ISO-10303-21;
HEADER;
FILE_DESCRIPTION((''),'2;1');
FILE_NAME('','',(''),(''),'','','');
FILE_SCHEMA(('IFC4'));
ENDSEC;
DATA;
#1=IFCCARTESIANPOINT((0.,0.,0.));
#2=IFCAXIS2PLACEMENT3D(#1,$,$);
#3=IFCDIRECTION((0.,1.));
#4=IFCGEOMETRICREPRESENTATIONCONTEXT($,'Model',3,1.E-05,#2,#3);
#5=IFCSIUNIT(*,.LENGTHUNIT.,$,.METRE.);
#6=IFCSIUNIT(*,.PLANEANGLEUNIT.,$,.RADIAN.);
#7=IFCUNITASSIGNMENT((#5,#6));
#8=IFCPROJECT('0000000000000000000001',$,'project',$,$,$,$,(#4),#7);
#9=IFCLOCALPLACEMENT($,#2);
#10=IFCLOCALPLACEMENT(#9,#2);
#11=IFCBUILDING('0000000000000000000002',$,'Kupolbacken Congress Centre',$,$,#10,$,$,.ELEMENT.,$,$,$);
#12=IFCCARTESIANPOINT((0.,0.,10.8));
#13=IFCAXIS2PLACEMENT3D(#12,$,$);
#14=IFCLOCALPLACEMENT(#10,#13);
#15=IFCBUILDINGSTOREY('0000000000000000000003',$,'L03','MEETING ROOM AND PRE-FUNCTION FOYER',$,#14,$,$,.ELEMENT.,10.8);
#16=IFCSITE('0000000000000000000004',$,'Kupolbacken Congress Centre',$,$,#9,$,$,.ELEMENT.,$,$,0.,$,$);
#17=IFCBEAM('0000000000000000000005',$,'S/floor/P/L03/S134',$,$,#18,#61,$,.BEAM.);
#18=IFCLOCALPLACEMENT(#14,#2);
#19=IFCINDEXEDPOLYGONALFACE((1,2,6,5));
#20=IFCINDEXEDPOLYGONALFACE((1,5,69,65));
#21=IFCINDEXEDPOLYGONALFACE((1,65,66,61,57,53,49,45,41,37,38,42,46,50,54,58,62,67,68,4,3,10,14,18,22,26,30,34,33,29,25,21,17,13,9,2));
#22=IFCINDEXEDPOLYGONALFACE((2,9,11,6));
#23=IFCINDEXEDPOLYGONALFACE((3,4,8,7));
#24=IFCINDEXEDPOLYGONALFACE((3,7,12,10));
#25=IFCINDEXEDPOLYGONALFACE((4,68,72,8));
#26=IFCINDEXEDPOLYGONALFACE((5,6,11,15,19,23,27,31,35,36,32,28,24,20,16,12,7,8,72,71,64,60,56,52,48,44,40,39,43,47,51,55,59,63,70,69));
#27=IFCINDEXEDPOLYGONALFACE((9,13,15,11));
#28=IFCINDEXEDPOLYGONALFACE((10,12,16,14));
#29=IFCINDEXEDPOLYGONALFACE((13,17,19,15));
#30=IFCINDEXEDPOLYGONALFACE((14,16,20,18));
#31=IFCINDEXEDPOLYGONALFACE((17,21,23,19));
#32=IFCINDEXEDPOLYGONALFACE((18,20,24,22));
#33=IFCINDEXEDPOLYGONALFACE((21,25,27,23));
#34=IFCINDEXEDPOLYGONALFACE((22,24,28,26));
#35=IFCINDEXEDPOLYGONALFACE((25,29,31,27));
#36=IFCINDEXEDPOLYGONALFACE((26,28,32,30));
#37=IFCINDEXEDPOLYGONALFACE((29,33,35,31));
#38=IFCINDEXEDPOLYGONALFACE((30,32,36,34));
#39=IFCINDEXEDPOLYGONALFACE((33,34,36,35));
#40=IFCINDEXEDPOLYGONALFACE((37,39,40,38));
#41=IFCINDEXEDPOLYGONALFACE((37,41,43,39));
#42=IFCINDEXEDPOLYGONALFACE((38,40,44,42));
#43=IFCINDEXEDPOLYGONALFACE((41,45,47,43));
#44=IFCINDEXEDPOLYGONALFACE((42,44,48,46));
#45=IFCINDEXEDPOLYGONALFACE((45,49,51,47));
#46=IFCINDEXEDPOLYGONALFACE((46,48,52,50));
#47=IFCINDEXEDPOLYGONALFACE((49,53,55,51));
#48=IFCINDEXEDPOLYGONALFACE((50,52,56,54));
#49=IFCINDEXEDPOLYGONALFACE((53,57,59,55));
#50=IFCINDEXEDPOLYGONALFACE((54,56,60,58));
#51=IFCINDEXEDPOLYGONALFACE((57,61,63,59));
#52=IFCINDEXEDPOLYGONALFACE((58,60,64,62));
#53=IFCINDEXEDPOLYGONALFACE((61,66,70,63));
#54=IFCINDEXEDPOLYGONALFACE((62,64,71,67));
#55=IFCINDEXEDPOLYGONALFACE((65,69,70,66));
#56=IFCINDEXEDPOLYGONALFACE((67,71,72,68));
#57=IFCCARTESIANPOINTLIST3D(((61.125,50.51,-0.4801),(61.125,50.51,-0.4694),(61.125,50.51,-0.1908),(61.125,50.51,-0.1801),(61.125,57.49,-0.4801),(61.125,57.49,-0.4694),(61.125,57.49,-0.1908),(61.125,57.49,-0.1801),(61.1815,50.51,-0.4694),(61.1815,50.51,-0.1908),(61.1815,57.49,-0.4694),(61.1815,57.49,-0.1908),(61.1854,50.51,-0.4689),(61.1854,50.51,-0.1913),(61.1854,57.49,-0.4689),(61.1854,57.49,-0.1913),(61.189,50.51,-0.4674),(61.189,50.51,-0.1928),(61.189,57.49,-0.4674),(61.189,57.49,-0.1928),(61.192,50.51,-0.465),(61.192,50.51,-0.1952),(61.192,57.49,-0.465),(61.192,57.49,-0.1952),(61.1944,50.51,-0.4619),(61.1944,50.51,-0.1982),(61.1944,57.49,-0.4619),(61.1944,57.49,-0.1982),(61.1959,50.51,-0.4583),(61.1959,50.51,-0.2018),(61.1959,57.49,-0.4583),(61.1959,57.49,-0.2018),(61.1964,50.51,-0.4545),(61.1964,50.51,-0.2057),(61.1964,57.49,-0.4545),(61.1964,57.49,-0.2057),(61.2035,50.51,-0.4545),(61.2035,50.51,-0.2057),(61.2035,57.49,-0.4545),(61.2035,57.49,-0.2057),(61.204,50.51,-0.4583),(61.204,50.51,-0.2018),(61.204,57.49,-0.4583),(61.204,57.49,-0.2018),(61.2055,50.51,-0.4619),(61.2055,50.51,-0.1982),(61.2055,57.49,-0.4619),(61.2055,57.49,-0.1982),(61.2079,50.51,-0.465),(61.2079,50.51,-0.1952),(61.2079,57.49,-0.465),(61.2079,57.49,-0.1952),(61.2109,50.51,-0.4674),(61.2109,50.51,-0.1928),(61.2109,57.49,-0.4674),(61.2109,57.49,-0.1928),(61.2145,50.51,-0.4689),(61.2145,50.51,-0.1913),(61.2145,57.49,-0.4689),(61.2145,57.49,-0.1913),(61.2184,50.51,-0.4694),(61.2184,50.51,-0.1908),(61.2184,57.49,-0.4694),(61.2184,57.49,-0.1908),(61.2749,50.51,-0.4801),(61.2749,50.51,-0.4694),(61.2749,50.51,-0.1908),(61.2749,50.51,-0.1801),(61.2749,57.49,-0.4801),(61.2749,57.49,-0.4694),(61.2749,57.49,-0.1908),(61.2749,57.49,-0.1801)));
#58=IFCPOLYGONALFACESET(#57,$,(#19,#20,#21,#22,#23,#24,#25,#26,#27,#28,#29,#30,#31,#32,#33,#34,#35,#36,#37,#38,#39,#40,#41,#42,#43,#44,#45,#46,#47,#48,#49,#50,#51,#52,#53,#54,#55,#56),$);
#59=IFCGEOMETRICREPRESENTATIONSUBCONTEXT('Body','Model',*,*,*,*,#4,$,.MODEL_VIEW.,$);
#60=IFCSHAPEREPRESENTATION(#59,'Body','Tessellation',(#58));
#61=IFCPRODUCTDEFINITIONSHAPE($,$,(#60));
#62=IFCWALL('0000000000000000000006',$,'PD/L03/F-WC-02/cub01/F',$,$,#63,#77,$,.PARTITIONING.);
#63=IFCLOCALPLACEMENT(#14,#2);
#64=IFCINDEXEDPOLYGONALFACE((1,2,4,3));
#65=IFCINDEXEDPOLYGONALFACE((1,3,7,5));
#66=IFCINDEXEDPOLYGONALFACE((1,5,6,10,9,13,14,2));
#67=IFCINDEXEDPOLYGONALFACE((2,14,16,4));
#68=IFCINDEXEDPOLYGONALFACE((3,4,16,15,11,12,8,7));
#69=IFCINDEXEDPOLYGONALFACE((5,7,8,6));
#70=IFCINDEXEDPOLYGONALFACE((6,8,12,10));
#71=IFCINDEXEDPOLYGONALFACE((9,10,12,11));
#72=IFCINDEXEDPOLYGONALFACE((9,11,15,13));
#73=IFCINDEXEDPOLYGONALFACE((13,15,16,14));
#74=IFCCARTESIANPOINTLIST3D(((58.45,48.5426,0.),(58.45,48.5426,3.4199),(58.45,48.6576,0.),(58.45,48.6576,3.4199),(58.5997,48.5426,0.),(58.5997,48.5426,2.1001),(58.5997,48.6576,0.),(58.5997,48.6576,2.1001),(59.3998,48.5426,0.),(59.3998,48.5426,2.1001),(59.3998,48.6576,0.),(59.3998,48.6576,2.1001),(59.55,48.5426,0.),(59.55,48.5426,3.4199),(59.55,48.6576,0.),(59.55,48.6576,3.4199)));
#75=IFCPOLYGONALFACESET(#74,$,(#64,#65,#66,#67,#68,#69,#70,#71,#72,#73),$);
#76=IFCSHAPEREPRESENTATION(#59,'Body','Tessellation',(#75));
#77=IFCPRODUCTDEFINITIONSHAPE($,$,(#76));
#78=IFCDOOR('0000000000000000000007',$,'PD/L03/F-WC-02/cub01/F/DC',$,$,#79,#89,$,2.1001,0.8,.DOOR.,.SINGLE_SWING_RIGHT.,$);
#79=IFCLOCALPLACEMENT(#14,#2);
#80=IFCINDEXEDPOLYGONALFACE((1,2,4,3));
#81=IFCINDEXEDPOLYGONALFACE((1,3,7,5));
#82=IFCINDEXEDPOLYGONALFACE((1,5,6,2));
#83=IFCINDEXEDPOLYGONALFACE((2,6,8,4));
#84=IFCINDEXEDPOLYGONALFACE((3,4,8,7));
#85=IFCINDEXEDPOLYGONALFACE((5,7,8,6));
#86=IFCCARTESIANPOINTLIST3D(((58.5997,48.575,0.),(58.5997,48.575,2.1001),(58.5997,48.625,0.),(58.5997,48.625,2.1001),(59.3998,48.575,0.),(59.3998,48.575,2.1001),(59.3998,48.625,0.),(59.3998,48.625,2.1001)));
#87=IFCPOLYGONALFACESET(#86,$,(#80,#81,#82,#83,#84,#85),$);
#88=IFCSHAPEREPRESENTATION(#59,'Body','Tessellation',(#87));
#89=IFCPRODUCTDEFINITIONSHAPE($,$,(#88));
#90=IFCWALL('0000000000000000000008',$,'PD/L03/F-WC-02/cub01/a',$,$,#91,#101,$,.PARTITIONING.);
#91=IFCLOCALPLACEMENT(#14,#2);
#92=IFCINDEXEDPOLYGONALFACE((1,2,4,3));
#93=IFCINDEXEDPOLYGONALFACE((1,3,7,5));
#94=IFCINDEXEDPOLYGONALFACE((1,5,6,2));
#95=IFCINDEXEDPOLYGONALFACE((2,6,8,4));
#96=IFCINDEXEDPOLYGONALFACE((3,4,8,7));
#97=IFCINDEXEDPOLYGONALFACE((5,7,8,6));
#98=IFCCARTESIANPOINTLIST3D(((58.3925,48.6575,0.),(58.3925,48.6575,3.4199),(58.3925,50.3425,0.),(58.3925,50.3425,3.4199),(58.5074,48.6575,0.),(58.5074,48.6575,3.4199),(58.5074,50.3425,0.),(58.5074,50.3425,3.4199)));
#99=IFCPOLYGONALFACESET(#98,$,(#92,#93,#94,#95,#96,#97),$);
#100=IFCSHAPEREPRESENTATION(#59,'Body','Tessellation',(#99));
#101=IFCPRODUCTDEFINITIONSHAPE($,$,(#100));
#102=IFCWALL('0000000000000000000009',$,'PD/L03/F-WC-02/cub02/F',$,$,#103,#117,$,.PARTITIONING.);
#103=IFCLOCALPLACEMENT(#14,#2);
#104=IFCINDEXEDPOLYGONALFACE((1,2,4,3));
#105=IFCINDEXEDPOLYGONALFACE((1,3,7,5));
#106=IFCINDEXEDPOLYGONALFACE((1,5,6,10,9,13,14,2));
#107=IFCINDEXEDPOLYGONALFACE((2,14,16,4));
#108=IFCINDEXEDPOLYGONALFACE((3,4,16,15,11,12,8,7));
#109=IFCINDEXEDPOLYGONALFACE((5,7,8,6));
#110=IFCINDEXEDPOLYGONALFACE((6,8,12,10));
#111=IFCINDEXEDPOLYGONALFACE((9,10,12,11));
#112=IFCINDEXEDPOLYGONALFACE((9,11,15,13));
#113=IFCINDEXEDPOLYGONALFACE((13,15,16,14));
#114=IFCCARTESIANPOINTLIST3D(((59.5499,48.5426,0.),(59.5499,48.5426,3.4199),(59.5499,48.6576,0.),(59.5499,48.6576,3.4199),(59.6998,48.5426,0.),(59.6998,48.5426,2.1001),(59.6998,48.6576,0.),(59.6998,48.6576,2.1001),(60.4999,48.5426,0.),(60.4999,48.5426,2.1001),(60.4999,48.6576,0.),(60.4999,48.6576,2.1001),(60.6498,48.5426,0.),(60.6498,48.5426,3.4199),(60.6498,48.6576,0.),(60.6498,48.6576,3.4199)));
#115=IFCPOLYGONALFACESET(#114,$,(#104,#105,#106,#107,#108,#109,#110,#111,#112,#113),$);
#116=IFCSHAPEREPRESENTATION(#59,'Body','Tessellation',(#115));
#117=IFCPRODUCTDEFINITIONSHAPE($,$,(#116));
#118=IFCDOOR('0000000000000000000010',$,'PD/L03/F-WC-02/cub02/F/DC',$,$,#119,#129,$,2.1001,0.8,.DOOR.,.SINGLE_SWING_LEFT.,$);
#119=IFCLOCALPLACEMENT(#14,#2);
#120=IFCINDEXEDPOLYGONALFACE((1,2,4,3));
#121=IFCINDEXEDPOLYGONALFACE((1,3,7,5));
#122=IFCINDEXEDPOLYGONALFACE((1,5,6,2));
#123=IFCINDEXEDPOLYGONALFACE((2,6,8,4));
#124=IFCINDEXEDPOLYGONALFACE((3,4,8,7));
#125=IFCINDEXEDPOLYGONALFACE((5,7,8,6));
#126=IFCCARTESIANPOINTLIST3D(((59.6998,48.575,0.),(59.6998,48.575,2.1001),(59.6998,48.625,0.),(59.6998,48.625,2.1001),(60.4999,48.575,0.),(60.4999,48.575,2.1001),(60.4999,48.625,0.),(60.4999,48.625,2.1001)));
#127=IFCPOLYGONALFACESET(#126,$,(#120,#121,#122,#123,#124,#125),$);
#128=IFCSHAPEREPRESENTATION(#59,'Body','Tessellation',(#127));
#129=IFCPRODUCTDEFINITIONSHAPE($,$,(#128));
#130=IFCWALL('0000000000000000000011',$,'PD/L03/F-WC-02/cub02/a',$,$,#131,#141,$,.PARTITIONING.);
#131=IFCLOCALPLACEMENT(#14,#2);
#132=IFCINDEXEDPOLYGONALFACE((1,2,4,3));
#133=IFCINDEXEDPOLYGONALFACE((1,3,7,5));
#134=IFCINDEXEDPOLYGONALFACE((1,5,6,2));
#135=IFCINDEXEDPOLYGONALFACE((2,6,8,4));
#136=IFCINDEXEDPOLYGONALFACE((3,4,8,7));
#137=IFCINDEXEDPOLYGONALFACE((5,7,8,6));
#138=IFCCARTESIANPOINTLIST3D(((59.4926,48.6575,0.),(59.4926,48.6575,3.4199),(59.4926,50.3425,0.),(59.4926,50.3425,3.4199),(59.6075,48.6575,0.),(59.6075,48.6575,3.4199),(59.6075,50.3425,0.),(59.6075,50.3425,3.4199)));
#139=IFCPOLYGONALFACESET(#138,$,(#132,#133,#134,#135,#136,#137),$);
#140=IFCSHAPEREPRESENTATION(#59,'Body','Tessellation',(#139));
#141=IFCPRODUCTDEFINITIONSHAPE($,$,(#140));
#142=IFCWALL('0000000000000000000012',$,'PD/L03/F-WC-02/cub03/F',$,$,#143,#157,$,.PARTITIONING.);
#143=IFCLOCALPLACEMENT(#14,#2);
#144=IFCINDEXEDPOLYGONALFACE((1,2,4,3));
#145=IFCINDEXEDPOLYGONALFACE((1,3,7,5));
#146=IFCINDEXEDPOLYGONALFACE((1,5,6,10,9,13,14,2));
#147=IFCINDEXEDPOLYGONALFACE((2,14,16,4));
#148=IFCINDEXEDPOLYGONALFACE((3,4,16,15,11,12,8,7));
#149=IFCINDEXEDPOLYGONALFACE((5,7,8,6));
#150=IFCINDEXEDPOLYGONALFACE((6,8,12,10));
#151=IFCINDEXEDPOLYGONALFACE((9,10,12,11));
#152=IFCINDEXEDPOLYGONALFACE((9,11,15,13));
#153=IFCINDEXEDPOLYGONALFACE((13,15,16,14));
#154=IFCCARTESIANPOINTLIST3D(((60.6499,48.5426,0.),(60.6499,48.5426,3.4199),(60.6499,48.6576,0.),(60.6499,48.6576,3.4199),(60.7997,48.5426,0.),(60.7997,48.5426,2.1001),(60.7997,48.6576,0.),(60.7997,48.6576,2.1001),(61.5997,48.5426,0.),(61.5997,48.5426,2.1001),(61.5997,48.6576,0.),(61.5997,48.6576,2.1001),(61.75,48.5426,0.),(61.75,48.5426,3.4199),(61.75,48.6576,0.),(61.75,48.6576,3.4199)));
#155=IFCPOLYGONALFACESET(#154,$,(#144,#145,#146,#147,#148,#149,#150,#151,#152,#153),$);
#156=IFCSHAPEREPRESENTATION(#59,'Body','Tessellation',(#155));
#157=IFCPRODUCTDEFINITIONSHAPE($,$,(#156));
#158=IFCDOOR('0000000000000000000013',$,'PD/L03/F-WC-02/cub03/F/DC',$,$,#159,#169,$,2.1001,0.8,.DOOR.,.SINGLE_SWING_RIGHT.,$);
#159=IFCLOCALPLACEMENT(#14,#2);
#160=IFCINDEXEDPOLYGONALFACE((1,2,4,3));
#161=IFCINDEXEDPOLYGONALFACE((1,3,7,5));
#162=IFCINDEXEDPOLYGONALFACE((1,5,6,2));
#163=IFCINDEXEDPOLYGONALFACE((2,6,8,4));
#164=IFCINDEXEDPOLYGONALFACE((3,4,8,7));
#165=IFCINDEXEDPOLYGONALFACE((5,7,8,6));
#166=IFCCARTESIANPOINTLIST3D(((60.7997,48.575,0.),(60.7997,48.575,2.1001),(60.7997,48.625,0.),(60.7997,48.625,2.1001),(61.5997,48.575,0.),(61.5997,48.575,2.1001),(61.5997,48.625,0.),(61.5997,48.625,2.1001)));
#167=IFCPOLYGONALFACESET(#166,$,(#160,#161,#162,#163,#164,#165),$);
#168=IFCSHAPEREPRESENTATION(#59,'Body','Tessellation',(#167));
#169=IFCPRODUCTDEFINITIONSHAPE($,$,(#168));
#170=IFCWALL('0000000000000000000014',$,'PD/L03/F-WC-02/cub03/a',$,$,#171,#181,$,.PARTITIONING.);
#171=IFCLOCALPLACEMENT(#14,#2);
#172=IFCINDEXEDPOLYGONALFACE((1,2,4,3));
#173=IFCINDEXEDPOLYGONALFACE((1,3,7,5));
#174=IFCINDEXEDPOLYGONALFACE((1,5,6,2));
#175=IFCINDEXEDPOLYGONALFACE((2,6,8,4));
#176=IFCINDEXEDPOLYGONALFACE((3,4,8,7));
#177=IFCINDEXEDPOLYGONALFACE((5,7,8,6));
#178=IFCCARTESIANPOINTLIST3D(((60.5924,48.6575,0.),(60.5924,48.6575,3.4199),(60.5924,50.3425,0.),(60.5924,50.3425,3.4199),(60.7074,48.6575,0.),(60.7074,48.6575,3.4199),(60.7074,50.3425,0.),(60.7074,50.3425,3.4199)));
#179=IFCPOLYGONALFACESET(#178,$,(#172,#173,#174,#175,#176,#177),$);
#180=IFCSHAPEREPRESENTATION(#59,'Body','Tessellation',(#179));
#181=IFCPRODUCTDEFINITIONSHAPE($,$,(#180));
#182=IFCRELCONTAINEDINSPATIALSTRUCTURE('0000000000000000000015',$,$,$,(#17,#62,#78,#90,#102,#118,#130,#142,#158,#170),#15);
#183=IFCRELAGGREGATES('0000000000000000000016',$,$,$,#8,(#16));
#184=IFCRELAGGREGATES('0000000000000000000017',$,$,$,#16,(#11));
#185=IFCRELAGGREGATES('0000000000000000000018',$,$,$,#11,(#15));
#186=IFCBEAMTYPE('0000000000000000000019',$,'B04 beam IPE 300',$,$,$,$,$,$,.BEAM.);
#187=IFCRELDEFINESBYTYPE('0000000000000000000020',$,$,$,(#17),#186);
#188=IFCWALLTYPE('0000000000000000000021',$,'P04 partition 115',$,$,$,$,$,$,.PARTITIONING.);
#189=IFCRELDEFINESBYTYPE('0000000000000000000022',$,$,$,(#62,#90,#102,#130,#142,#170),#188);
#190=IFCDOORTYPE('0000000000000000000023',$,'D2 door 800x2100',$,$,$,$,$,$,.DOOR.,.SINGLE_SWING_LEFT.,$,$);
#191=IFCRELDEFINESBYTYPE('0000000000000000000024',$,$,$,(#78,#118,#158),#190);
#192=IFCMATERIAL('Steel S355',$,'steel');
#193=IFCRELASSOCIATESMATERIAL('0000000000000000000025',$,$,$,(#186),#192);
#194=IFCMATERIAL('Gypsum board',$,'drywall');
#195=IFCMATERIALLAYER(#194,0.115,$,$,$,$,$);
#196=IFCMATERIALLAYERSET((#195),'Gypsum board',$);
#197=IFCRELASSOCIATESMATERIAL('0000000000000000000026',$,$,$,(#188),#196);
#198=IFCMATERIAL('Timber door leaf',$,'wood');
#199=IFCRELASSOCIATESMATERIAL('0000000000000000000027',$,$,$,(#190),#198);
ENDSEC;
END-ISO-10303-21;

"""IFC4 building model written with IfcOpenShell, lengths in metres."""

from ifc_helpers import new_model, si_unit, direction, frame, frame_2d, origin, origin_2d, place, context, subcontext, project, spatial, rectangle, i_section, extrude, material, layer, layer_set, material_profile, profile_set, type_object, element, fill, save


model = new_model("IFC4")

# Units and contexts
model_context = context("Model", 3, precision=1e-05, world=origin(), true_north=direction((0.0, 1.0)))
body_context = subcontext(model_context, "Body", "Model", "MODEL_VIEW")
ifc_project = project(units=[si_unit("LENGTHUNIT", "METRE"), si_unit("PLANEANGLEUNIT", "RADIAN")], contexts=[model_context])

# Site, building, storey
site_placement = place(None, origin())
site = spatial("IfcSite", under=ifc_project, at=site_placement, Name="Kupolbacken Congress Centre", CompositionType="ELEMENT", RefElevation=0.0)
building_placement = place(site_placement, origin())
building = spatial("IfcBuilding", under=site, at=building_placement, Name="Kupolbacken Congress Centre", CompositionType="ELEMENT")
storey_placement = place(building_placement, frame((0.0, 0.0, 10.8)))
storey = spatial("IfcBuildingStorey", under=building, at=storey_placement, Name="L03", Description="MEETING ROOM AND PRE-FUNCTION FOYER", CompositionType="ELEMENT", Elevation=10.8)

# Beam
ifc_material_1 = material(Name="Steel S355", Category="steel")
ifc_material_profile = material_profile(ifc_material_1, i_section(OverallWidth=0.1499, OverallDepth=0.3, WebThickness=0.0071, FlangeThickness=0.0107, FilletRadius=0.0149, at=origin_2d()), Name="IPE 300")
ifc_profile_set = profile_set([ifc_material_profile], Name="Steel S355")
beam_type = type_object("IfcBeamType", Name="B04 beam IPE 300", PredefinedType="BEAM", material=ifc_profile_set)
for number, where, z_axis, x_axis, name in (
    (1, (61.2, 50.51, -0.3301), (0.0, 1.0, 0.0), (-1.0, 0.0, 0.0), "S/floor/P/L03/S134"),
):
    element("IfcBeam", number, at=place(storey_placement, frame(where, z_axis=z_axis, x_axis=x_axis)), inside=storey, type_object=beam_type, Name=name, PredefinedType="BEAM", context=body_context, shape_type="SweptSolid", body=[
        extrude(i_section(OverallWidth=0.1499, OverallDepth=0.3, WebThickness=0.0071, FlangeThickness=0.0107, FilletRadius=0.0149, at=origin_2d()), origin(), (0.0, 0.0, 1.0), 6.98),
    ])

# Wall, opening, door
ifc_material_2 = material(Name="Gypsum board", Category="drywall")
ifc_layer_1 = layer(ifc_material_2, 0.115)
ifc_layer_set_1 = layer_set([ifc_layer_1], Name="Gypsum board")
wall_type_1 = type_object("IfcWallType", Name="P04 partition 115", PredefinedType="PARTITIONING", material=ifc_layer_set_1)
wall_1_placement = place(storey_placement, frame((58.45, 48.6001, 0.0), z_axis=(0.0, 0.0, 1.0), x_axis=(1.0, 0.0, 0.0)))
wall_1 = element("IfcWall", 2, at=wall_1_placement, inside=storey, type_object=wall_type_1, Name="PD/L03/F-WC-02/cub01/F", PredefinedType="PARTITIONING", context=body_context, shape_type="SweptSolid", body=[
    extrude(rectangle(XDim=1.1001, YDim=0.115, at=frame_2d((0.55, 0.0))), origin(), (0.0, 0.0, 1.0), 3.4199),
])
opening_1_placement = place(wall_1_placement, frame((0.1499, 0.0, 0.0)))
opening_1 = element("IfcOpeningElement", 3, at=opening_1_placement, cuts=wall_1, PredefinedType="OPENING", context=body_context, shape_type="SweptSolid", body=[
    extrude(rectangle(XDim=0.8, YDim=2.1001, at=frame_2d((0.3999, 1.05))), frame((0.0, 0.0674, 0.0), z_axis=(0.0, -1.0, 0.0), x_axis=(1.0, 0.0, 0.0)), (0.0, 0.0, 1.0), 0.135),
])
ifc_material_3 = material(Name="Timber door leaf", Category="wood")
door_type_1 = type_object("IfcDoorType", Name="D2 door 800x2100", OperationType="SINGLE_SWING_LEFT", PredefinedType="DOOR", material=ifc_material_3)
door_1_placement = place(opening_1_placement, origin())
door_1 = element("IfcDoor", 4, at=door_1_placement, inside=storey, type_object=door_type_1, Name="PD/L03/F-WC-02/cub01/F/DC", OperationType="SINGLE_SWING_RIGHT", OverallHeight=2.1001, OverallWidth=0.8, PredefinedType="DOOR", context=body_context, shape_type="SweptSolid", body=[
    extrude(rectangle(XDim=0.8, YDim=2.1001, at=frame_2d((0.3999, 1.05))), frame((0.0, 0.0249, 0.0), z_axis=(0.0, -1.0, 0.0), x_axis=(1.0, 0.0, 0.0)), (0.0, 0.0, 1.0), 0.05),
])
fill(opening_1, door_1)

# Wall
wall_2_placement = place(storey_placement, frame((58.45, 50.3425, 0.0), z_axis=(0.0, 0.0, 1.0), x_axis=(0.0, -1.0, 0.0)))
element("IfcWall", 5, at=wall_2_placement, inside=storey, type_object=wall_type_1, Name="PD/L03/F-WC-02/cub01/a", PredefinedType="PARTITIONING", context=body_context, shape_type="SweptSolid", body=[
    extrude(rectangle(XDim=1.6851, YDim=0.115, at=frame_2d((0.8425, 0.0))), origin(), (0.0, 0.0, 1.0), 3.4199),
])

# Wall, opening, door
wall_3_placement = place(storey_placement, frame((59.55, 48.6001, 0.0), z_axis=(0.0, 0.0, 1.0), x_axis=(1.0, 0.0, 0.0)))
wall_3 = element("IfcWall", 6, at=wall_3_placement, inside=storey, type_object=wall_type_1, Name="PD/L03/F-WC-02/cub02/F", PredefinedType="PARTITIONING", context=body_context, shape_type="SweptSolid", body=[
    extrude(rectangle(XDim=1.0999, YDim=0.115, at=frame_2d((0.5498, 0.0))), origin(), (0.0, 0.0, 1.0), 3.4199),
])
opening_2_placement = place(wall_3_placement, frame((0.1499, 0.0, 0.0)))
opening_2 = element("IfcOpeningElement", 7, at=opening_2_placement, cuts=wall_3, PredefinedType="OPENING", context=body_context, shape_type="SweptSolid", body=[
    extrude(rectangle(XDim=0.8, YDim=2.1001, at=frame_2d((0.3999, 1.05))), frame((0.0, 0.0674, 0.0), z_axis=(0.0, -1.0, 0.0), x_axis=(1.0, 0.0, 0.0)), (0.0, 0.0, 1.0), 0.135),
])
door_2_placement = place(opening_2_placement, origin())
door_2 = element("IfcDoor", 8, at=door_2_placement, inside=storey, type_object=door_type_1, Name="PD/L03/F-WC-02/cub02/F/DC", OperationType="SINGLE_SWING_LEFT", OverallHeight=2.1001, OverallWidth=0.8, PredefinedType="DOOR", context=body_context, shape_type="SweptSolid", body=[
    extrude(rectangle(XDim=0.8, YDim=2.1001, at=frame_2d((0.3999, 1.05))), frame((0.0, 0.0249, 0.0), z_axis=(0.0, -1.0, 0.0), x_axis=(1.0, 0.0, 0.0)), (0.0, 0.0, 1.0), 0.05),
])
fill(opening_2, door_2)

# Wall
wall_4_placement = place(storey_placement, frame((59.55, 50.3425, 0.0), z_axis=(0.0, 0.0, 1.0), x_axis=(0.0, -1.0, 0.0)))
element("IfcWall", 9, at=wall_4_placement, inside=storey, type_object=wall_type_1, Name="PD/L03/F-WC-02/cub02/a", PredefinedType="PARTITIONING", context=body_context, shape_type="SweptSolid", body=[
    extrude(rectangle(XDim=1.6851, YDim=0.115, at=frame_2d((0.8425, 0.0))), origin(), (0.0, 0.0, 1.0), 3.4199),
])

# Wall, opening, door
wall_5_placement = place(storey_placement, frame((60.6499, 48.6001, 0.0), z_axis=(0.0, 0.0, 1.0), x_axis=(1.0, 0.0, 0.0)))
wall_5 = element("IfcWall", 10, at=wall_5_placement, inside=storey, type_object=wall_type_1, Name="PD/L03/F-WC-02/cub03/F", PredefinedType="PARTITIONING", context=body_context, shape_type="SweptSolid", body=[
    extrude(rectangle(XDim=1.1001, YDim=0.115, at=frame_2d((0.55, 0.0))), origin(), (0.0, 0.0, 1.0), 3.4199),
])
opening_3_placement = place(wall_5_placement, frame((0.1499, 0.0, 0.0)))
opening_3 = element("IfcOpeningElement", 11, at=opening_3_placement, cuts=wall_5, PredefinedType="OPENING", context=body_context, shape_type="SweptSolid", body=[
    extrude(rectangle(XDim=0.8, YDim=2.1001, at=frame_2d((0.3999, 1.05))), frame((0.0, 0.0674, 0.0), z_axis=(0.0, -1.0, 0.0), x_axis=(1.0, 0.0, 0.0)), (0.0, 0.0, 1.0), 0.135),
])
door_3_placement = place(opening_3_placement, origin())
door_3 = element("IfcDoor", 12, at=door_3_placement, inside=storey, type_object=door_type_1, Name="PD/L03/F-WC-02/cub03/F/DC", OperationType="SINGLE_SWING_RIGHT", OverallHeight=2.1001, OverallWidth=0.8, PredefinedType="DOOR", context=body_context, shape_type="SweptSolid", body=[
    extrude(rectangle(XDim=0.8, YDim=2.1001, at=frame_2d((0.3999, 1.05))), frame((0.0, 0.0249, 0.0), z_axis=(0.0, -1.0, 0.0), x_axis=(1.0, 0.0, 0.0)), (0.0, 0.0, 1.0), 0.05),
])
fill(opening_3, door_3)

# Wall
wall_6_placement = place(storey_placement, frame((60.6499, 50.3425, 0.0), z_axis=(0.0, 0.0, 1.0), x_axis=(0.0, -1.0, 0.0)))
element("IfcWall", 13, at=wall_6_placement, inside=storey, type_object=wall_type_1, Name="PD/L03/F-WC-02/cub03/a", PredefinedType="PARTITIONING", context=body_context, shape_type="SweptSolid", body=[
    extrude(rectangle(XDim=1.6851, YDim=0.115, at=frame_2d((0.8425, 0.0))), origin(), (0.0, 0.0, 1.0), 3.4199),
])

save(model, "model.ifc")
